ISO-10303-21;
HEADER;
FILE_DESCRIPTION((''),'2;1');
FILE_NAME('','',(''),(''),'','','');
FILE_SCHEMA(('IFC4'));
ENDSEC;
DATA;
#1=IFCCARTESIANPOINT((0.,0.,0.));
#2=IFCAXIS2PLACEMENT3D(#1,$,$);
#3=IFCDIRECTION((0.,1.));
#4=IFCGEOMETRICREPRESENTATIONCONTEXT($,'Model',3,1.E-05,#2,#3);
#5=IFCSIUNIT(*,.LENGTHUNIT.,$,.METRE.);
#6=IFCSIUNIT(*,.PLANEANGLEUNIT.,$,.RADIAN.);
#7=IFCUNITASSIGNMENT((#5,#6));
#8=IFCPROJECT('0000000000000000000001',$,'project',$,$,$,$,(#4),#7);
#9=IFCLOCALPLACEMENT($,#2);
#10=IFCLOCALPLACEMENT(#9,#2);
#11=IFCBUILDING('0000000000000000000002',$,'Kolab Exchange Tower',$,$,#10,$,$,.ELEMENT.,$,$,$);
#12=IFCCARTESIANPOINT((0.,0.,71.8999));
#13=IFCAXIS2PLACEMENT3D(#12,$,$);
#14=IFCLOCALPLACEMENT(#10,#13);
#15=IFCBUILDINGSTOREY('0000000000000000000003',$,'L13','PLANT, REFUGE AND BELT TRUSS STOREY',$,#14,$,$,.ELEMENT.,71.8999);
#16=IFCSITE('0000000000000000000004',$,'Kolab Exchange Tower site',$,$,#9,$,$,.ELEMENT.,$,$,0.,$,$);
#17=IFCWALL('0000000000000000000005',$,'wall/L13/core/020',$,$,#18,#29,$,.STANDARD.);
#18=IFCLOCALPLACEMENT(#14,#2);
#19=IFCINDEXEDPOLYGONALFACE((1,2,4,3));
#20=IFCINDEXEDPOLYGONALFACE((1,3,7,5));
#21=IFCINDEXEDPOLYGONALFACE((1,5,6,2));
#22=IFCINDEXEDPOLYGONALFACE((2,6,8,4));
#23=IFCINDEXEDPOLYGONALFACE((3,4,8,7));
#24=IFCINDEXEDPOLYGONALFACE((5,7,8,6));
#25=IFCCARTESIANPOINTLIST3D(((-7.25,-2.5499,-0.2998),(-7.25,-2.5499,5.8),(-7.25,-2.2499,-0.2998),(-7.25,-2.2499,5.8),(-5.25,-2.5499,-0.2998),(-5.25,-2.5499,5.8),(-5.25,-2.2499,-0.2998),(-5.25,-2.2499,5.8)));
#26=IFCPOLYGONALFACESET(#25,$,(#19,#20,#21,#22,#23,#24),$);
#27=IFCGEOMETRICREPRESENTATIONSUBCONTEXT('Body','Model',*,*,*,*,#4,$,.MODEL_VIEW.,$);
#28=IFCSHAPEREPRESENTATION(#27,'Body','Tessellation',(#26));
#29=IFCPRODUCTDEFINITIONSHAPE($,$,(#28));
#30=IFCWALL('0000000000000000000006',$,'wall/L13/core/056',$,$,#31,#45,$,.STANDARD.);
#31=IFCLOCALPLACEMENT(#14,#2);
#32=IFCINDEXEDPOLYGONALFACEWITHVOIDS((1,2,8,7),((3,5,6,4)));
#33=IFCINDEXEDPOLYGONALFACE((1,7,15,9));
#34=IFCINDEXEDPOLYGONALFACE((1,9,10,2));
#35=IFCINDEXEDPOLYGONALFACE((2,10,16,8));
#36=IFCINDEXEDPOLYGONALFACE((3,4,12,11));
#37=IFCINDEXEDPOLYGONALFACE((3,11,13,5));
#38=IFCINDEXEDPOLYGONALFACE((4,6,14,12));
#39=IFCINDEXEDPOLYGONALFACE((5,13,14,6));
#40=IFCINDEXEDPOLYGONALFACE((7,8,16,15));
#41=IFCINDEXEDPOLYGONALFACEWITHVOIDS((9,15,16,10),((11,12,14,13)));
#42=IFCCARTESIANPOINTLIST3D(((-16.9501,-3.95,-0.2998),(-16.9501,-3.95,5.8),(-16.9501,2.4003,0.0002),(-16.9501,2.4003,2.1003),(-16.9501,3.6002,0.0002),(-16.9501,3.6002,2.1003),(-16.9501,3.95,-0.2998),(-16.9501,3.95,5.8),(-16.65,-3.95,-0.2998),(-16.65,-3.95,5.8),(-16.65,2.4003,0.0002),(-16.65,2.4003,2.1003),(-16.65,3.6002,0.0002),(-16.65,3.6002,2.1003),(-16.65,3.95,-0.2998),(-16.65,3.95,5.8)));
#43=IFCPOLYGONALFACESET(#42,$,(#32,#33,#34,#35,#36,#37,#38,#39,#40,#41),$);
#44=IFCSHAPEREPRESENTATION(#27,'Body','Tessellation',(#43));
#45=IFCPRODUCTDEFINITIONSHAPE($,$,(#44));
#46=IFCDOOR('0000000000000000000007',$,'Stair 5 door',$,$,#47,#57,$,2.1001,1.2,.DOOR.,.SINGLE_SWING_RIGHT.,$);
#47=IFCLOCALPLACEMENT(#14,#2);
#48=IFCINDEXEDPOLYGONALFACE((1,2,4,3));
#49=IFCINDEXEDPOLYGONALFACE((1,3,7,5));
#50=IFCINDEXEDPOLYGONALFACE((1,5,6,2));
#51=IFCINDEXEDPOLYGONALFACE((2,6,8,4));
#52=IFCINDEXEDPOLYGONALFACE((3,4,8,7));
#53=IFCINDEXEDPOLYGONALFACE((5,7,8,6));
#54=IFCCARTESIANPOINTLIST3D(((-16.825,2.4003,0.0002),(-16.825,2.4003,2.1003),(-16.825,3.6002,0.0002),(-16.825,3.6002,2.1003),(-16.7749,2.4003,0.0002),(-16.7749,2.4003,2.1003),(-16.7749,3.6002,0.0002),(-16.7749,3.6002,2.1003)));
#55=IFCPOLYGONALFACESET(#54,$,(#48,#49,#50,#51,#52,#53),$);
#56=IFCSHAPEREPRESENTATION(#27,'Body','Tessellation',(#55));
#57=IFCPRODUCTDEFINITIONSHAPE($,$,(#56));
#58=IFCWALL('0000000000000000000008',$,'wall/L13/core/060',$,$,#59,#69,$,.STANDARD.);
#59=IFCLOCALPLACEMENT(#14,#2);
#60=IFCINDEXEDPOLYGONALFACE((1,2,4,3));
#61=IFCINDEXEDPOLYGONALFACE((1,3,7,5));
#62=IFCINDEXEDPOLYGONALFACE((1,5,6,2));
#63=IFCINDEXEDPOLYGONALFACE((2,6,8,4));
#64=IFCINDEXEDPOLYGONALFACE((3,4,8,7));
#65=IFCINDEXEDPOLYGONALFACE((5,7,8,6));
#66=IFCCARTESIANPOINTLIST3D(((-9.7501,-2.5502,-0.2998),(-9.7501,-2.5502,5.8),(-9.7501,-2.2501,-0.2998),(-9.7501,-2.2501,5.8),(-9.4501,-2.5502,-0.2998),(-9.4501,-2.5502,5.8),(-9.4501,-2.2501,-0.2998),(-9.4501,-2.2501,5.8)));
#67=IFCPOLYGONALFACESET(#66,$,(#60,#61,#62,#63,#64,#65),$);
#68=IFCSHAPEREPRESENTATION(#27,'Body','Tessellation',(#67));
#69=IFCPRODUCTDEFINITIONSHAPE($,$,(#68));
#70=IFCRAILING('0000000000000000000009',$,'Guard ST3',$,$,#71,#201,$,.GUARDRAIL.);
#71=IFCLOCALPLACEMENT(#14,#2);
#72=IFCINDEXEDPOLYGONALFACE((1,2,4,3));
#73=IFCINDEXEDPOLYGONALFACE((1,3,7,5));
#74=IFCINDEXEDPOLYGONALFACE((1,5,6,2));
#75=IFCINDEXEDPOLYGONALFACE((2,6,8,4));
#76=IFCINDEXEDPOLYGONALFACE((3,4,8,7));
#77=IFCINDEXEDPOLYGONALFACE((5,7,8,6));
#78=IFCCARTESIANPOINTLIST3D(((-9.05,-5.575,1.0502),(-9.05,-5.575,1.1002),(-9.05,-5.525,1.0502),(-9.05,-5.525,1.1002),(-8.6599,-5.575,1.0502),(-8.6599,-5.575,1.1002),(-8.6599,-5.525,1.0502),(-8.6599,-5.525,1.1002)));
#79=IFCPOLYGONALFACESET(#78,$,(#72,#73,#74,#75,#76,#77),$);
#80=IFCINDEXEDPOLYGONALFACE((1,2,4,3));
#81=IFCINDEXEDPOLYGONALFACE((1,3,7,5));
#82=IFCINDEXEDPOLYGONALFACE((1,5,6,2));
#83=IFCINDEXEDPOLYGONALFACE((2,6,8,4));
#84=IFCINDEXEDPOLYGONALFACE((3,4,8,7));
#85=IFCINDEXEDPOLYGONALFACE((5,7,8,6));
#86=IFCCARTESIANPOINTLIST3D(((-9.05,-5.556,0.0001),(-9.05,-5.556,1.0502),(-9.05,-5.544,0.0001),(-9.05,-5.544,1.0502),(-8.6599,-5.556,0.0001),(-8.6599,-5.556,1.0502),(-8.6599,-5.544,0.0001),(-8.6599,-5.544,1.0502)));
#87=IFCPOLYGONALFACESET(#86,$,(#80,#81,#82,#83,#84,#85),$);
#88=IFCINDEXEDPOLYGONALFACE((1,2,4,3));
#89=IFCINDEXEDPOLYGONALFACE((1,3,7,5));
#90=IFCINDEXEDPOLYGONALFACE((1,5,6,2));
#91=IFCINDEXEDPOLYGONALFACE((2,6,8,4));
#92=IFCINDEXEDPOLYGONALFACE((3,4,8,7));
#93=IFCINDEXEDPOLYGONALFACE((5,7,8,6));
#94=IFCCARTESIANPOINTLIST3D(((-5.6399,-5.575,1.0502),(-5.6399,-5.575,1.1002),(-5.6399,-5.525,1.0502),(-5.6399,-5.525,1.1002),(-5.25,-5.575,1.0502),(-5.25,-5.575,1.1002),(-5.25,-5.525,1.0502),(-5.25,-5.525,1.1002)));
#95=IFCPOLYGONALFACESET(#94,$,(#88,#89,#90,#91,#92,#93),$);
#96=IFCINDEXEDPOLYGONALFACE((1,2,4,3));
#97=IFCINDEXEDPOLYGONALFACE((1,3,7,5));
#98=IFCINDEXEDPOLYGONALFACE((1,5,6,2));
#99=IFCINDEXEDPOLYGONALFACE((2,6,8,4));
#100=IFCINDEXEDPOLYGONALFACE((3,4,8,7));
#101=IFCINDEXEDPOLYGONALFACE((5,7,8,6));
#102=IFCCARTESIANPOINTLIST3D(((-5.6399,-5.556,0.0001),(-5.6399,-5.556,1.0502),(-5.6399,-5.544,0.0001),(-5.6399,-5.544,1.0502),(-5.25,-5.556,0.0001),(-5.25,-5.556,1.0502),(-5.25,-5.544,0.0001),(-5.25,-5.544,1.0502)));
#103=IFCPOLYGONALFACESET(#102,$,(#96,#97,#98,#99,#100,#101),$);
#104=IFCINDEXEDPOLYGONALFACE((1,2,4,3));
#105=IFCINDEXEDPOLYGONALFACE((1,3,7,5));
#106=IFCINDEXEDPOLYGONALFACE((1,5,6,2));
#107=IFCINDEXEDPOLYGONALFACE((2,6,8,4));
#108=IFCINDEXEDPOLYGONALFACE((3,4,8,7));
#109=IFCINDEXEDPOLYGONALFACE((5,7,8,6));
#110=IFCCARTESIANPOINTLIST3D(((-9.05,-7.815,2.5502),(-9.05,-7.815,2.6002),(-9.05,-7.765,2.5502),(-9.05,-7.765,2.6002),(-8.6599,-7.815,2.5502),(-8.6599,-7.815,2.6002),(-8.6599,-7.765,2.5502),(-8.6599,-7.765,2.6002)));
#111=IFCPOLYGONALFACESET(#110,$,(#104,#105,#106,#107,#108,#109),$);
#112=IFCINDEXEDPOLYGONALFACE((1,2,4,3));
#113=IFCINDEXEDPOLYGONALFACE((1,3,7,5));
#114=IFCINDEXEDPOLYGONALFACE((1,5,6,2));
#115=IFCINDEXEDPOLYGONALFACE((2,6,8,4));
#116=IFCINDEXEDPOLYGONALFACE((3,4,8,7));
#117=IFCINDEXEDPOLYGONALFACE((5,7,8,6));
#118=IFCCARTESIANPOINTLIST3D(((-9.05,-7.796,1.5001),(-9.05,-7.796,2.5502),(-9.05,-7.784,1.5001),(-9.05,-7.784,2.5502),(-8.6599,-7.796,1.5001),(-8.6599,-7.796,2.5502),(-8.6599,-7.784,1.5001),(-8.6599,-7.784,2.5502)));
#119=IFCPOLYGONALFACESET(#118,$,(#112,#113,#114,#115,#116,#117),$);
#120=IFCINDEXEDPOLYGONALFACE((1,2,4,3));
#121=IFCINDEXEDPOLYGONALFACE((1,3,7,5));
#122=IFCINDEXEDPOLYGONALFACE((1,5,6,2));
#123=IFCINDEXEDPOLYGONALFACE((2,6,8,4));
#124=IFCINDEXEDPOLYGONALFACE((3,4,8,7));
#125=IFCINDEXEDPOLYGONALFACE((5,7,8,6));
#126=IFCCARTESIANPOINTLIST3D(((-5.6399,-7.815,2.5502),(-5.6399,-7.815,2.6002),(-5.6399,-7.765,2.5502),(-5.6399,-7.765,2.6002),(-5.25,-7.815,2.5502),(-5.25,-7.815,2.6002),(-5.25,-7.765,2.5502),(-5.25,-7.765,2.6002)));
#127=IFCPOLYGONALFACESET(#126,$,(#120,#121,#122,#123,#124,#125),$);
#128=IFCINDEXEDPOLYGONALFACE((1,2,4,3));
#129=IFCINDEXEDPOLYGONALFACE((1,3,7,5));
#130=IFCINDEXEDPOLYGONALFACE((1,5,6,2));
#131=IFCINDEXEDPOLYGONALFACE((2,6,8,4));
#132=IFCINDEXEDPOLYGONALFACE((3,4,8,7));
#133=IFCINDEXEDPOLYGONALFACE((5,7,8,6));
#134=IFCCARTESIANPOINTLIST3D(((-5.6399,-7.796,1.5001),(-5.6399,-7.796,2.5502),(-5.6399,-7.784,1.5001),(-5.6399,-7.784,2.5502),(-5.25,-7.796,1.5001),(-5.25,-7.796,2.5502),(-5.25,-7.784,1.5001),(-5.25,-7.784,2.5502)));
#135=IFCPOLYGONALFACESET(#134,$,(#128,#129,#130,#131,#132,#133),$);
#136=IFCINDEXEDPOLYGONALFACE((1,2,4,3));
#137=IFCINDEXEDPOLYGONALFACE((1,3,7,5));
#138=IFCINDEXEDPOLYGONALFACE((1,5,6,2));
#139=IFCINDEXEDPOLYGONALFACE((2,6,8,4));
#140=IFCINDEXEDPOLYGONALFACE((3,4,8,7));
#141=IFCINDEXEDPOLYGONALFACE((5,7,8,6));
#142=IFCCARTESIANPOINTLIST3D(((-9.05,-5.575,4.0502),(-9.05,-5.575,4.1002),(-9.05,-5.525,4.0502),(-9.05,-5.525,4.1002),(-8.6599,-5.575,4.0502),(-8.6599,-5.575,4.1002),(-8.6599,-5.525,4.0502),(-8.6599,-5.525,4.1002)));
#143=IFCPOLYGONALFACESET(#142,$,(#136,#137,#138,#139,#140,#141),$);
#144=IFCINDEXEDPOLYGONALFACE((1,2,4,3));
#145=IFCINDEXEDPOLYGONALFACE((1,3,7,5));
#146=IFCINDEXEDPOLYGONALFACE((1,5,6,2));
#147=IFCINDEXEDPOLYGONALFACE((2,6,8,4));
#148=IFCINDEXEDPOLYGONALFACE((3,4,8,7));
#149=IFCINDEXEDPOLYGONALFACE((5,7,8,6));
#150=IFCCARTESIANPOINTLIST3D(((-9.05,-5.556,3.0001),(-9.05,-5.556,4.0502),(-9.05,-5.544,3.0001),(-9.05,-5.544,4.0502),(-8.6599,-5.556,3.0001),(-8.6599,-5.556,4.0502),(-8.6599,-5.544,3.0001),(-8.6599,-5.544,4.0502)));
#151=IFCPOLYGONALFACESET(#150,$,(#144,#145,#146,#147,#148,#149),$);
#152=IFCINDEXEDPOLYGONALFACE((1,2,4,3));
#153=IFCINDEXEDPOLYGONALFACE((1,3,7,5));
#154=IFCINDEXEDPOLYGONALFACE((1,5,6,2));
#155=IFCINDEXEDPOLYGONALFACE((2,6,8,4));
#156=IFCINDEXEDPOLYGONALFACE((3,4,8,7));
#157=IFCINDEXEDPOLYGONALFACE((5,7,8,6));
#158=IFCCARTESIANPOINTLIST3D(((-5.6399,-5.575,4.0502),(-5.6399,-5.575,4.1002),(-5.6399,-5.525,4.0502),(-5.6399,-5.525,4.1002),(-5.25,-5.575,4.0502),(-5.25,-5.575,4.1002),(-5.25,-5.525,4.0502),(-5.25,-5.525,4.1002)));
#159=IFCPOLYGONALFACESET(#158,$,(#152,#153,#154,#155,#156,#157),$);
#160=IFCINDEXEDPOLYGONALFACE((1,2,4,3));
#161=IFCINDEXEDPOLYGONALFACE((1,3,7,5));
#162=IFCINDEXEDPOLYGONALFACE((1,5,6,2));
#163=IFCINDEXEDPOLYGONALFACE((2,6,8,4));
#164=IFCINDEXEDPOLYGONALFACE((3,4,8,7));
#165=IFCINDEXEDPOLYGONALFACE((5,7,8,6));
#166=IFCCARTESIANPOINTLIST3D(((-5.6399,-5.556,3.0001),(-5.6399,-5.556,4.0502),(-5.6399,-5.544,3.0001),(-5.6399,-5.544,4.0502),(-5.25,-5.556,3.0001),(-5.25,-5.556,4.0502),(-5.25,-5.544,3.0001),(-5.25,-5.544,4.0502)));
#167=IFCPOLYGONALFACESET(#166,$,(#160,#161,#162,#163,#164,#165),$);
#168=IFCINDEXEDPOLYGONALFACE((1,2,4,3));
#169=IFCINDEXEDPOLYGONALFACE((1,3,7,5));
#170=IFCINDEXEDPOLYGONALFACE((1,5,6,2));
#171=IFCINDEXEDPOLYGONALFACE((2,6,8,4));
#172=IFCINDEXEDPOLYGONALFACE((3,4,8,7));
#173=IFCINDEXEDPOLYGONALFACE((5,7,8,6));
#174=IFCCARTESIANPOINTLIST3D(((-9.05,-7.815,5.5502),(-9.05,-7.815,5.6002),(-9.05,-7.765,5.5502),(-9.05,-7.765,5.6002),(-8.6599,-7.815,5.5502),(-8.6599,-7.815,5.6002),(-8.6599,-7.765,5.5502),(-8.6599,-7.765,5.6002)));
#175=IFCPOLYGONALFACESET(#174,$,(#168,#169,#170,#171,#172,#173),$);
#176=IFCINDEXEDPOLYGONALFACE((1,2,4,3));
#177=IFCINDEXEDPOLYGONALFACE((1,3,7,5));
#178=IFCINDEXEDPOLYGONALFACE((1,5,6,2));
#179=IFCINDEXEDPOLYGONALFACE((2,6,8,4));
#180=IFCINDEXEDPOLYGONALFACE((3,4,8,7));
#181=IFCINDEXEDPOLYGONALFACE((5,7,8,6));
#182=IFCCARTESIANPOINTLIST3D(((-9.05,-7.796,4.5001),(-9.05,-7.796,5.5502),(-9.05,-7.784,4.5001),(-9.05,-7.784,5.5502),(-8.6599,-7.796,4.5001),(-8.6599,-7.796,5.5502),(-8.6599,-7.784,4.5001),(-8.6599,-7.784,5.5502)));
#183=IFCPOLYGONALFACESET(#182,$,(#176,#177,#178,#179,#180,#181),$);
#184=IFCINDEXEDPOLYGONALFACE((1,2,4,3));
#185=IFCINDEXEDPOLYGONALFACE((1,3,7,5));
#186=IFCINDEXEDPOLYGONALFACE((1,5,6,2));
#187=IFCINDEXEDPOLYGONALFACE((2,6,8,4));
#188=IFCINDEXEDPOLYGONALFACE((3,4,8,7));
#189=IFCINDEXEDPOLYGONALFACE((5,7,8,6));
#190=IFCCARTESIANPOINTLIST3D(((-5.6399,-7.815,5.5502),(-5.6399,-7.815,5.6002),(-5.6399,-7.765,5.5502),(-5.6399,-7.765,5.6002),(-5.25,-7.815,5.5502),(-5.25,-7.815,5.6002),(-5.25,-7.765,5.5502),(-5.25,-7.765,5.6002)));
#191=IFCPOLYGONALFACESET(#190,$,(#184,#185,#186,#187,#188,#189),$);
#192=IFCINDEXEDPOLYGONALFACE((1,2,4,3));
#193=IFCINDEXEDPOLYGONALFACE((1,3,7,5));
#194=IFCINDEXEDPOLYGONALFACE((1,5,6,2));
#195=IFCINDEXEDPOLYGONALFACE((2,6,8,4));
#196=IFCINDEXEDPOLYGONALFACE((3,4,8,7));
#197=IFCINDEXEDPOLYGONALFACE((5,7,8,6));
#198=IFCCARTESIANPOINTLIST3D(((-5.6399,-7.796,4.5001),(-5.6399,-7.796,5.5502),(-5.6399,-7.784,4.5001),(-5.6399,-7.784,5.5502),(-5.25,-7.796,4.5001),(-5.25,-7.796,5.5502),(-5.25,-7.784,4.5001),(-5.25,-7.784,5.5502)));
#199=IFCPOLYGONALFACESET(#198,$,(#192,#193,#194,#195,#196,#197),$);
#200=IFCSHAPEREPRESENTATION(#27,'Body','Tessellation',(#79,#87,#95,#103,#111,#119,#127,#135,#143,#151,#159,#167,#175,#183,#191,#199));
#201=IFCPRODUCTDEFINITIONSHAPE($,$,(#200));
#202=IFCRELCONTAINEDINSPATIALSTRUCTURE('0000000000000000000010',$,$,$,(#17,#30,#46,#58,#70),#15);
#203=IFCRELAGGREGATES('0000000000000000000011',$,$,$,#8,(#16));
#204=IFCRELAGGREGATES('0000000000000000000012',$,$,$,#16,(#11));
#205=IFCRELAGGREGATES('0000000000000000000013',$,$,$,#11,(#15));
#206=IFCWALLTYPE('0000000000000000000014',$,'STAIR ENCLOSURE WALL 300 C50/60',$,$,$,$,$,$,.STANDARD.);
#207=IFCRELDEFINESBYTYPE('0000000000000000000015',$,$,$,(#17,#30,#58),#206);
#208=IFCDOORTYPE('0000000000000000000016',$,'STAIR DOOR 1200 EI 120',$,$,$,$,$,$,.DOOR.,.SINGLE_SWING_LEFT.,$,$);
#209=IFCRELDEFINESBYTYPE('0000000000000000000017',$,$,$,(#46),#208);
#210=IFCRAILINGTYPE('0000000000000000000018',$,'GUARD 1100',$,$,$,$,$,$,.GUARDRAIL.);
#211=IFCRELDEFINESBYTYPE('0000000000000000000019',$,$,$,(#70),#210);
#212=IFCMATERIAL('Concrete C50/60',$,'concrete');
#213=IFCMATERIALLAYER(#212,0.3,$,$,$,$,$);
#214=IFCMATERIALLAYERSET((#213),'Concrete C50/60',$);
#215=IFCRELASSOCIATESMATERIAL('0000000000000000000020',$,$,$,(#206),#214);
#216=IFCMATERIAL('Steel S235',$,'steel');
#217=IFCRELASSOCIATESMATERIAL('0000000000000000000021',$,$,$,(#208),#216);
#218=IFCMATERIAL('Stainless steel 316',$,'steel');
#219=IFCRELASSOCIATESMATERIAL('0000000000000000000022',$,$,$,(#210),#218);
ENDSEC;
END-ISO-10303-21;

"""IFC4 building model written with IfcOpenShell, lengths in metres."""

from ifc_helpers import new_model, si_unit, direction, frame, frame_2d, origin, origin_2d, place, context, subcontext, project, spatial, rectangle, extrude, material, layer, layer_set, type_object, element, fill, save


model = new_model("IFC4")

# Units and contexts
model_context = context("Model", 3, precision=1e-05, world=origin(), true_north=direction((0.0, 1.0)))
body_context = subcontext(model_context, "Body", "Model", "MODEL_VIEW")
ifc_project = project(units=[si_unit("LENGTHUNIT", "METRE"), si_unit("PLANEANGLEUNIT", "RADIAN")], contexts=[model_context])

# Site, building, storey
site_placement = place(None, origin())
site = spatial("IfcSite", under=ifc_project, at=site_placement, Name="Kolab Exchange Tower site", CompositionType="ELEMENT", RefElevation=0.0)
building_placement = place(site_placement, origin())
building = spatial("IfcBuilding", under=site, at=building_placement, Name="Kolab Exchange Tower", CompositionType="ELEMENT")
storey_placement = place(building_placement, frame((0.0, 0.0, 71.8999)))
storey = spatial("IfcBuildingStorey", under=building, at=storey_placement, Name="L13", Description="PLANT, REFUGE AND BELT TRUSS STOREY", CompositionType="ELEMENT", Elevation=71.8999)

# Shared definitions
ifc_material_1 = material(Name="Concrete C50/60", Category="concrete")

# Shared definitions
ifc_material_2 = material(Name="Stainless steel 316", Category="steel")

# Wall
ifc_layer_1 = layer(ifc_material_1, 0.3)
ifc_layer_set_1 = layer_set([ifc_layer_1], Name="Concrete C50/60")
wall_type_1 = type_object("IfcWallType", Name="STAIR ENCLOSURE WALL 300 C50/60", PredefinedType="STANDARD", material=ifc_layer_set_1)
wall_1_placement = place(storey_placement, frame((-7.25, -2.3999, -0.2998), z_axis=(0.0, 0.0, 1.0), x_axis=(1.0, 0.0, 0.0)))
element("IfcWall", 1, at=wall_1_placement, inside=storey, type_object=wall_type_1, Name="wall/L13/core/020", PredefinedType="STANDARD", context=body_context, shape_type="SweptSolid", body=[
    extrude(rectangle(XDim=2.0, YDim=0.3, at=frame_2d((1.0, 0.0))), origin(), (0.0, 0.0, 1.0), 6.0999),
])

# Wall, opening, door
wall_2_placement = place(storey_placement, frame((-16.8, -3.95, -0.2998), z_axis=(0.0, 0.0, 1.0), x_axis=(0.0, 1.0, 0.0)))
wall_2 = element("IfcWall", 2, at=wall_2_placement, inside=storey, type_object=wall_type_1, Name="wall/L13/core/056", PredefinedType="STANDARD", context=body_context, shape_type="SweptSolid", body=[
    extrude(rectangle(XDim=7.8999, YDim=0.3, at=frame_2d((3.95, 0.0))), origin(), (0.0, 0.0, 1.0), 6.0999),
])
opening_1_placement = place(wall_2_placement, frame((6.3501, 0.0, 0.3)))
opening_1 = element("IfcOpeningElement", 3, at=opening_1_placement, cuts=wall_2, PredefinedType="OPENING", context=body_context, shape_type="SweptSolid", body=[
    extrude(rectangle(XDim=1.2, YDim=2.1001, at=frame_2d((0.6001, 1.05))), frame((0.0, 0.1602, 0.0), z_axis=(0.0, -1.0, 0.0), x_axis=(1.0, 0.0, 0.0)), (0.0, 0.0, 1.0), 0.3201),
])
ifc_material_3 = material(Name="Steel S235", Category="steel")
door_type_1 = type_object("IfcDoorType", Name="STAIR DOOR 1200 EI 120", OperationType="SINGLE_SWING_LEFT", PredefinedType="DOOR", material=ifc_material_3)
door_1_placement = place(opening_1_placement, origin())
door_1 = element("IfcDoor", 4, at=door_1_placement, inside=storey, type_object=door_type_1, Name="Stair 5 door", OperationType="SINGLE_SWING_RIGHT", OverallHeight=2.1001, OverallWidth=1.2, PredefinedType="DOOR", context=body_context, shape_type="SweptSolid", body=[
    extrude(rectangle(XDim=1.2, YDim=2.1001, at=frame_2d((0.6001, 1.05))), frame((0.0, 0.0249, 0.0), z_axis=(0.0, -1.0, 0.0), x_axis=(1.0, 0.0, 0.0)), (0.0, 0.0, 1.0), 0.05),
])
fill(opening_1, door_1)

# Wall
wall_3_placement = place(storey_placement, frame((-9.6001, -2.55, -0.2998), z_axis=(0.0, 0.0, 1.0), x_axis=(0.0, 1.0, 0.0)))
element("IfcWall", 5, at=wall_3_placement, inside=storey, type_object=wall_type_1, Name="wall/L13/core/060", PredefinedType="STANDARD", context=body_context, shape_type="SweptSolid", body=[
    extrude(rectangle(XDim=0.3, YDim=0.3, at=frame_2d((0.1499, 0.0))), origin(), (0.0, 0.0, 1.0), 6.0999),
])

# Railing
railing_type = type_object("IfcRailingType", Name="GUARD 1100", PredefinedType="GUARDRAIL", material=ifc_material_2)
railing_placement = place(storey_placement, frame((-9.05, -5.55, 0.0)))
element("IfcRailing", 6, at=railing_placement, inside=storey, type_object=railing_type, Name="Guard ST3", PredefinedType="GUARDRAIL", context=body_context, shape_type="SweptSolid", body=[
    extrude(rectangle(XDim=0.05, YDim=0.05, at=origin_2d()), frame((0.0, 0.0, 1.0752), z_axis=(1.0, 0.0, 0.0), x_axis=(0.0, 1.0, 0.0)), (0.0, 0.0, 1.0), 0.3901),
    extrude(rectangle(XDim=0.012, YDim=1.0501, at=frame_2d((0.0, 0.5251))), frame((0.0, 0.0, 0.0), z_axis=(1.0, 0.0, 0.0), x_axis=(0.0, 1.0, 0.0)), (0.0, 0.0, 1.0), 0.3901),
    extrude(rectangle(XDim=0.05, YDim=0.05, at=origin_2d()), frame((3.4102, 0.0, 1.0752), z_axis=(1.0, 0.0, 0.0), x_axis=(0.0, 1.0, 0.0)), (0.0, 0.0, 1.0), 0.3899),
    extrude(rectangle(XDim=0.012, YDim=1.0501, at=frame_2d((0.0, 0.5251))), frame((3.4102, 0.0, 0.0), z_axis=(1.0, 0.0, 0.0), x_axis=(0.0, 1.0, 0.0)), (0.0, 0.0, 1.0), 0.3899),
    extrude(rectangle(XDim=0.05, YDim=0.05, at=origin_2d()), frame((0.0, -2.24, 2.5752), z_axis=(1.0, 0.0, 0.0), x_axis=(0.0, 1.0, 0.0)), (0.0, 0.0, 1.0), 0.3901),
    extrude(rectangle(XDim=0.012, YDim=1.0501, at=frame_2d((0.0, 0.5251))), frame((0.0, -2.24, 1.5), z_axis=(1.0, 0.0, 0.0), x_axis=(0.0, 1.0, 0.0)), (0.0, 0.0, 1.0), 0.3901),
    extrude(rectangle(XDim=0.05, YDim=0.05, at=origin_2d()), frame((3.4102, -2.24, 2.5752), z_axis=(1.0, 0.0, 0.0), x_axis=(0.0, 1.0, 0.0)), (0.0, 0.0, 1.0), 0.3899),
    extrude(rectangle(XDim=0.012, YDim=1.0501, at=frame_2d((0.0, 0.5251))), frame((3.4102, -2.24, 1.5), z_axis=(1.0, 0.0, 0.0), x_axis=(0.0, 1.0, 0.0)), (0.0, 0.0, 1.0), 0.3899),
    extrude(rectangle(XDim=0.05, YDim=0.05, at=origin_2d()), frame((0.0, 0.0, 4.0752), z_axis=(1.0, 0.0, 0.0), x_axis=(0.0, 1.0, 0.0)), (0.0, 0.0, 1.0), 0.3901),
    extrude(rectangle(XDim=0.012, YDim=1.0501, at=frame_2d((0.0, 0.5251))), frame((0.0, 0.0, 3.0), z_axis=(1.0, 0.0, 0.0), x_axis=(0.0, 1.0, 0.0)), (0.0, 0.0, 1.0), 0.3901),
    extrude(rectangle(XDim=0.05, YDim=0.05, at=origin_2d()), frame((3.4102, 0.0, 4.0752), z_axis=(1.0, 0.0, 0.0), x_axis=(0.0, 1.0, 0.0)), (0.0, 0.0, 1.0), 0.3899),
    extrude(rectangle(XDim=0.012, YDim=1.0501, at=frame_2d((0.0, 0.5251))), frame((3.4102, 0.0, 3.0), z_axis=(1.0, 0.0, 0.0), x_axis=(0.0, 1.0, 0.0)), (0.0, 0.0, 1.0), 0.3899),
    extrude(rectangle(XDim=0.05, YDim=0.05, at=origin_2d()), frame((0.0, -2.24, 5.5752), z_axis=(1.0, 0.0, 0.0), x_axis=(0.0, 1.0, 0.0)), (0.0, 0.0, 1.0), 0.3901),
    extrude(rectangle(XDim=0.012, YDim=1.0501, at=frame_2d((0.0, 0.5251))), frame((0.0, -2.24, 4.5), z_axis=(1.0, 0.0, 0.0), x_axis=(0.0, 1.0, 0.0)), (0.0, 0.0, 1.0), 0.3901),
    extrude(rectangle(XDim=0.05, YDim=0.05, at=origin_2d()), frame((3.4102, -2.24, 5.5752), z_axis=(1.0, 0.0, 0.0), x_axis=(0.0, 1.0, 0.0)), (0.0, 0.0, 1.0), 0.3899),
    extrude(rectangle(XDim=0.012, YDim=1.0501, at=frame_2d((0.0, 0.5251))), frame((3.4102, -2.24, 4.5), z_axis=(1.0, 0.0, 0.0), x_axis=(0.0, 1.0, 0.0)), (0.0, 0.0, 1.0), 0.3899),
])

save(model, "model.ifc")
